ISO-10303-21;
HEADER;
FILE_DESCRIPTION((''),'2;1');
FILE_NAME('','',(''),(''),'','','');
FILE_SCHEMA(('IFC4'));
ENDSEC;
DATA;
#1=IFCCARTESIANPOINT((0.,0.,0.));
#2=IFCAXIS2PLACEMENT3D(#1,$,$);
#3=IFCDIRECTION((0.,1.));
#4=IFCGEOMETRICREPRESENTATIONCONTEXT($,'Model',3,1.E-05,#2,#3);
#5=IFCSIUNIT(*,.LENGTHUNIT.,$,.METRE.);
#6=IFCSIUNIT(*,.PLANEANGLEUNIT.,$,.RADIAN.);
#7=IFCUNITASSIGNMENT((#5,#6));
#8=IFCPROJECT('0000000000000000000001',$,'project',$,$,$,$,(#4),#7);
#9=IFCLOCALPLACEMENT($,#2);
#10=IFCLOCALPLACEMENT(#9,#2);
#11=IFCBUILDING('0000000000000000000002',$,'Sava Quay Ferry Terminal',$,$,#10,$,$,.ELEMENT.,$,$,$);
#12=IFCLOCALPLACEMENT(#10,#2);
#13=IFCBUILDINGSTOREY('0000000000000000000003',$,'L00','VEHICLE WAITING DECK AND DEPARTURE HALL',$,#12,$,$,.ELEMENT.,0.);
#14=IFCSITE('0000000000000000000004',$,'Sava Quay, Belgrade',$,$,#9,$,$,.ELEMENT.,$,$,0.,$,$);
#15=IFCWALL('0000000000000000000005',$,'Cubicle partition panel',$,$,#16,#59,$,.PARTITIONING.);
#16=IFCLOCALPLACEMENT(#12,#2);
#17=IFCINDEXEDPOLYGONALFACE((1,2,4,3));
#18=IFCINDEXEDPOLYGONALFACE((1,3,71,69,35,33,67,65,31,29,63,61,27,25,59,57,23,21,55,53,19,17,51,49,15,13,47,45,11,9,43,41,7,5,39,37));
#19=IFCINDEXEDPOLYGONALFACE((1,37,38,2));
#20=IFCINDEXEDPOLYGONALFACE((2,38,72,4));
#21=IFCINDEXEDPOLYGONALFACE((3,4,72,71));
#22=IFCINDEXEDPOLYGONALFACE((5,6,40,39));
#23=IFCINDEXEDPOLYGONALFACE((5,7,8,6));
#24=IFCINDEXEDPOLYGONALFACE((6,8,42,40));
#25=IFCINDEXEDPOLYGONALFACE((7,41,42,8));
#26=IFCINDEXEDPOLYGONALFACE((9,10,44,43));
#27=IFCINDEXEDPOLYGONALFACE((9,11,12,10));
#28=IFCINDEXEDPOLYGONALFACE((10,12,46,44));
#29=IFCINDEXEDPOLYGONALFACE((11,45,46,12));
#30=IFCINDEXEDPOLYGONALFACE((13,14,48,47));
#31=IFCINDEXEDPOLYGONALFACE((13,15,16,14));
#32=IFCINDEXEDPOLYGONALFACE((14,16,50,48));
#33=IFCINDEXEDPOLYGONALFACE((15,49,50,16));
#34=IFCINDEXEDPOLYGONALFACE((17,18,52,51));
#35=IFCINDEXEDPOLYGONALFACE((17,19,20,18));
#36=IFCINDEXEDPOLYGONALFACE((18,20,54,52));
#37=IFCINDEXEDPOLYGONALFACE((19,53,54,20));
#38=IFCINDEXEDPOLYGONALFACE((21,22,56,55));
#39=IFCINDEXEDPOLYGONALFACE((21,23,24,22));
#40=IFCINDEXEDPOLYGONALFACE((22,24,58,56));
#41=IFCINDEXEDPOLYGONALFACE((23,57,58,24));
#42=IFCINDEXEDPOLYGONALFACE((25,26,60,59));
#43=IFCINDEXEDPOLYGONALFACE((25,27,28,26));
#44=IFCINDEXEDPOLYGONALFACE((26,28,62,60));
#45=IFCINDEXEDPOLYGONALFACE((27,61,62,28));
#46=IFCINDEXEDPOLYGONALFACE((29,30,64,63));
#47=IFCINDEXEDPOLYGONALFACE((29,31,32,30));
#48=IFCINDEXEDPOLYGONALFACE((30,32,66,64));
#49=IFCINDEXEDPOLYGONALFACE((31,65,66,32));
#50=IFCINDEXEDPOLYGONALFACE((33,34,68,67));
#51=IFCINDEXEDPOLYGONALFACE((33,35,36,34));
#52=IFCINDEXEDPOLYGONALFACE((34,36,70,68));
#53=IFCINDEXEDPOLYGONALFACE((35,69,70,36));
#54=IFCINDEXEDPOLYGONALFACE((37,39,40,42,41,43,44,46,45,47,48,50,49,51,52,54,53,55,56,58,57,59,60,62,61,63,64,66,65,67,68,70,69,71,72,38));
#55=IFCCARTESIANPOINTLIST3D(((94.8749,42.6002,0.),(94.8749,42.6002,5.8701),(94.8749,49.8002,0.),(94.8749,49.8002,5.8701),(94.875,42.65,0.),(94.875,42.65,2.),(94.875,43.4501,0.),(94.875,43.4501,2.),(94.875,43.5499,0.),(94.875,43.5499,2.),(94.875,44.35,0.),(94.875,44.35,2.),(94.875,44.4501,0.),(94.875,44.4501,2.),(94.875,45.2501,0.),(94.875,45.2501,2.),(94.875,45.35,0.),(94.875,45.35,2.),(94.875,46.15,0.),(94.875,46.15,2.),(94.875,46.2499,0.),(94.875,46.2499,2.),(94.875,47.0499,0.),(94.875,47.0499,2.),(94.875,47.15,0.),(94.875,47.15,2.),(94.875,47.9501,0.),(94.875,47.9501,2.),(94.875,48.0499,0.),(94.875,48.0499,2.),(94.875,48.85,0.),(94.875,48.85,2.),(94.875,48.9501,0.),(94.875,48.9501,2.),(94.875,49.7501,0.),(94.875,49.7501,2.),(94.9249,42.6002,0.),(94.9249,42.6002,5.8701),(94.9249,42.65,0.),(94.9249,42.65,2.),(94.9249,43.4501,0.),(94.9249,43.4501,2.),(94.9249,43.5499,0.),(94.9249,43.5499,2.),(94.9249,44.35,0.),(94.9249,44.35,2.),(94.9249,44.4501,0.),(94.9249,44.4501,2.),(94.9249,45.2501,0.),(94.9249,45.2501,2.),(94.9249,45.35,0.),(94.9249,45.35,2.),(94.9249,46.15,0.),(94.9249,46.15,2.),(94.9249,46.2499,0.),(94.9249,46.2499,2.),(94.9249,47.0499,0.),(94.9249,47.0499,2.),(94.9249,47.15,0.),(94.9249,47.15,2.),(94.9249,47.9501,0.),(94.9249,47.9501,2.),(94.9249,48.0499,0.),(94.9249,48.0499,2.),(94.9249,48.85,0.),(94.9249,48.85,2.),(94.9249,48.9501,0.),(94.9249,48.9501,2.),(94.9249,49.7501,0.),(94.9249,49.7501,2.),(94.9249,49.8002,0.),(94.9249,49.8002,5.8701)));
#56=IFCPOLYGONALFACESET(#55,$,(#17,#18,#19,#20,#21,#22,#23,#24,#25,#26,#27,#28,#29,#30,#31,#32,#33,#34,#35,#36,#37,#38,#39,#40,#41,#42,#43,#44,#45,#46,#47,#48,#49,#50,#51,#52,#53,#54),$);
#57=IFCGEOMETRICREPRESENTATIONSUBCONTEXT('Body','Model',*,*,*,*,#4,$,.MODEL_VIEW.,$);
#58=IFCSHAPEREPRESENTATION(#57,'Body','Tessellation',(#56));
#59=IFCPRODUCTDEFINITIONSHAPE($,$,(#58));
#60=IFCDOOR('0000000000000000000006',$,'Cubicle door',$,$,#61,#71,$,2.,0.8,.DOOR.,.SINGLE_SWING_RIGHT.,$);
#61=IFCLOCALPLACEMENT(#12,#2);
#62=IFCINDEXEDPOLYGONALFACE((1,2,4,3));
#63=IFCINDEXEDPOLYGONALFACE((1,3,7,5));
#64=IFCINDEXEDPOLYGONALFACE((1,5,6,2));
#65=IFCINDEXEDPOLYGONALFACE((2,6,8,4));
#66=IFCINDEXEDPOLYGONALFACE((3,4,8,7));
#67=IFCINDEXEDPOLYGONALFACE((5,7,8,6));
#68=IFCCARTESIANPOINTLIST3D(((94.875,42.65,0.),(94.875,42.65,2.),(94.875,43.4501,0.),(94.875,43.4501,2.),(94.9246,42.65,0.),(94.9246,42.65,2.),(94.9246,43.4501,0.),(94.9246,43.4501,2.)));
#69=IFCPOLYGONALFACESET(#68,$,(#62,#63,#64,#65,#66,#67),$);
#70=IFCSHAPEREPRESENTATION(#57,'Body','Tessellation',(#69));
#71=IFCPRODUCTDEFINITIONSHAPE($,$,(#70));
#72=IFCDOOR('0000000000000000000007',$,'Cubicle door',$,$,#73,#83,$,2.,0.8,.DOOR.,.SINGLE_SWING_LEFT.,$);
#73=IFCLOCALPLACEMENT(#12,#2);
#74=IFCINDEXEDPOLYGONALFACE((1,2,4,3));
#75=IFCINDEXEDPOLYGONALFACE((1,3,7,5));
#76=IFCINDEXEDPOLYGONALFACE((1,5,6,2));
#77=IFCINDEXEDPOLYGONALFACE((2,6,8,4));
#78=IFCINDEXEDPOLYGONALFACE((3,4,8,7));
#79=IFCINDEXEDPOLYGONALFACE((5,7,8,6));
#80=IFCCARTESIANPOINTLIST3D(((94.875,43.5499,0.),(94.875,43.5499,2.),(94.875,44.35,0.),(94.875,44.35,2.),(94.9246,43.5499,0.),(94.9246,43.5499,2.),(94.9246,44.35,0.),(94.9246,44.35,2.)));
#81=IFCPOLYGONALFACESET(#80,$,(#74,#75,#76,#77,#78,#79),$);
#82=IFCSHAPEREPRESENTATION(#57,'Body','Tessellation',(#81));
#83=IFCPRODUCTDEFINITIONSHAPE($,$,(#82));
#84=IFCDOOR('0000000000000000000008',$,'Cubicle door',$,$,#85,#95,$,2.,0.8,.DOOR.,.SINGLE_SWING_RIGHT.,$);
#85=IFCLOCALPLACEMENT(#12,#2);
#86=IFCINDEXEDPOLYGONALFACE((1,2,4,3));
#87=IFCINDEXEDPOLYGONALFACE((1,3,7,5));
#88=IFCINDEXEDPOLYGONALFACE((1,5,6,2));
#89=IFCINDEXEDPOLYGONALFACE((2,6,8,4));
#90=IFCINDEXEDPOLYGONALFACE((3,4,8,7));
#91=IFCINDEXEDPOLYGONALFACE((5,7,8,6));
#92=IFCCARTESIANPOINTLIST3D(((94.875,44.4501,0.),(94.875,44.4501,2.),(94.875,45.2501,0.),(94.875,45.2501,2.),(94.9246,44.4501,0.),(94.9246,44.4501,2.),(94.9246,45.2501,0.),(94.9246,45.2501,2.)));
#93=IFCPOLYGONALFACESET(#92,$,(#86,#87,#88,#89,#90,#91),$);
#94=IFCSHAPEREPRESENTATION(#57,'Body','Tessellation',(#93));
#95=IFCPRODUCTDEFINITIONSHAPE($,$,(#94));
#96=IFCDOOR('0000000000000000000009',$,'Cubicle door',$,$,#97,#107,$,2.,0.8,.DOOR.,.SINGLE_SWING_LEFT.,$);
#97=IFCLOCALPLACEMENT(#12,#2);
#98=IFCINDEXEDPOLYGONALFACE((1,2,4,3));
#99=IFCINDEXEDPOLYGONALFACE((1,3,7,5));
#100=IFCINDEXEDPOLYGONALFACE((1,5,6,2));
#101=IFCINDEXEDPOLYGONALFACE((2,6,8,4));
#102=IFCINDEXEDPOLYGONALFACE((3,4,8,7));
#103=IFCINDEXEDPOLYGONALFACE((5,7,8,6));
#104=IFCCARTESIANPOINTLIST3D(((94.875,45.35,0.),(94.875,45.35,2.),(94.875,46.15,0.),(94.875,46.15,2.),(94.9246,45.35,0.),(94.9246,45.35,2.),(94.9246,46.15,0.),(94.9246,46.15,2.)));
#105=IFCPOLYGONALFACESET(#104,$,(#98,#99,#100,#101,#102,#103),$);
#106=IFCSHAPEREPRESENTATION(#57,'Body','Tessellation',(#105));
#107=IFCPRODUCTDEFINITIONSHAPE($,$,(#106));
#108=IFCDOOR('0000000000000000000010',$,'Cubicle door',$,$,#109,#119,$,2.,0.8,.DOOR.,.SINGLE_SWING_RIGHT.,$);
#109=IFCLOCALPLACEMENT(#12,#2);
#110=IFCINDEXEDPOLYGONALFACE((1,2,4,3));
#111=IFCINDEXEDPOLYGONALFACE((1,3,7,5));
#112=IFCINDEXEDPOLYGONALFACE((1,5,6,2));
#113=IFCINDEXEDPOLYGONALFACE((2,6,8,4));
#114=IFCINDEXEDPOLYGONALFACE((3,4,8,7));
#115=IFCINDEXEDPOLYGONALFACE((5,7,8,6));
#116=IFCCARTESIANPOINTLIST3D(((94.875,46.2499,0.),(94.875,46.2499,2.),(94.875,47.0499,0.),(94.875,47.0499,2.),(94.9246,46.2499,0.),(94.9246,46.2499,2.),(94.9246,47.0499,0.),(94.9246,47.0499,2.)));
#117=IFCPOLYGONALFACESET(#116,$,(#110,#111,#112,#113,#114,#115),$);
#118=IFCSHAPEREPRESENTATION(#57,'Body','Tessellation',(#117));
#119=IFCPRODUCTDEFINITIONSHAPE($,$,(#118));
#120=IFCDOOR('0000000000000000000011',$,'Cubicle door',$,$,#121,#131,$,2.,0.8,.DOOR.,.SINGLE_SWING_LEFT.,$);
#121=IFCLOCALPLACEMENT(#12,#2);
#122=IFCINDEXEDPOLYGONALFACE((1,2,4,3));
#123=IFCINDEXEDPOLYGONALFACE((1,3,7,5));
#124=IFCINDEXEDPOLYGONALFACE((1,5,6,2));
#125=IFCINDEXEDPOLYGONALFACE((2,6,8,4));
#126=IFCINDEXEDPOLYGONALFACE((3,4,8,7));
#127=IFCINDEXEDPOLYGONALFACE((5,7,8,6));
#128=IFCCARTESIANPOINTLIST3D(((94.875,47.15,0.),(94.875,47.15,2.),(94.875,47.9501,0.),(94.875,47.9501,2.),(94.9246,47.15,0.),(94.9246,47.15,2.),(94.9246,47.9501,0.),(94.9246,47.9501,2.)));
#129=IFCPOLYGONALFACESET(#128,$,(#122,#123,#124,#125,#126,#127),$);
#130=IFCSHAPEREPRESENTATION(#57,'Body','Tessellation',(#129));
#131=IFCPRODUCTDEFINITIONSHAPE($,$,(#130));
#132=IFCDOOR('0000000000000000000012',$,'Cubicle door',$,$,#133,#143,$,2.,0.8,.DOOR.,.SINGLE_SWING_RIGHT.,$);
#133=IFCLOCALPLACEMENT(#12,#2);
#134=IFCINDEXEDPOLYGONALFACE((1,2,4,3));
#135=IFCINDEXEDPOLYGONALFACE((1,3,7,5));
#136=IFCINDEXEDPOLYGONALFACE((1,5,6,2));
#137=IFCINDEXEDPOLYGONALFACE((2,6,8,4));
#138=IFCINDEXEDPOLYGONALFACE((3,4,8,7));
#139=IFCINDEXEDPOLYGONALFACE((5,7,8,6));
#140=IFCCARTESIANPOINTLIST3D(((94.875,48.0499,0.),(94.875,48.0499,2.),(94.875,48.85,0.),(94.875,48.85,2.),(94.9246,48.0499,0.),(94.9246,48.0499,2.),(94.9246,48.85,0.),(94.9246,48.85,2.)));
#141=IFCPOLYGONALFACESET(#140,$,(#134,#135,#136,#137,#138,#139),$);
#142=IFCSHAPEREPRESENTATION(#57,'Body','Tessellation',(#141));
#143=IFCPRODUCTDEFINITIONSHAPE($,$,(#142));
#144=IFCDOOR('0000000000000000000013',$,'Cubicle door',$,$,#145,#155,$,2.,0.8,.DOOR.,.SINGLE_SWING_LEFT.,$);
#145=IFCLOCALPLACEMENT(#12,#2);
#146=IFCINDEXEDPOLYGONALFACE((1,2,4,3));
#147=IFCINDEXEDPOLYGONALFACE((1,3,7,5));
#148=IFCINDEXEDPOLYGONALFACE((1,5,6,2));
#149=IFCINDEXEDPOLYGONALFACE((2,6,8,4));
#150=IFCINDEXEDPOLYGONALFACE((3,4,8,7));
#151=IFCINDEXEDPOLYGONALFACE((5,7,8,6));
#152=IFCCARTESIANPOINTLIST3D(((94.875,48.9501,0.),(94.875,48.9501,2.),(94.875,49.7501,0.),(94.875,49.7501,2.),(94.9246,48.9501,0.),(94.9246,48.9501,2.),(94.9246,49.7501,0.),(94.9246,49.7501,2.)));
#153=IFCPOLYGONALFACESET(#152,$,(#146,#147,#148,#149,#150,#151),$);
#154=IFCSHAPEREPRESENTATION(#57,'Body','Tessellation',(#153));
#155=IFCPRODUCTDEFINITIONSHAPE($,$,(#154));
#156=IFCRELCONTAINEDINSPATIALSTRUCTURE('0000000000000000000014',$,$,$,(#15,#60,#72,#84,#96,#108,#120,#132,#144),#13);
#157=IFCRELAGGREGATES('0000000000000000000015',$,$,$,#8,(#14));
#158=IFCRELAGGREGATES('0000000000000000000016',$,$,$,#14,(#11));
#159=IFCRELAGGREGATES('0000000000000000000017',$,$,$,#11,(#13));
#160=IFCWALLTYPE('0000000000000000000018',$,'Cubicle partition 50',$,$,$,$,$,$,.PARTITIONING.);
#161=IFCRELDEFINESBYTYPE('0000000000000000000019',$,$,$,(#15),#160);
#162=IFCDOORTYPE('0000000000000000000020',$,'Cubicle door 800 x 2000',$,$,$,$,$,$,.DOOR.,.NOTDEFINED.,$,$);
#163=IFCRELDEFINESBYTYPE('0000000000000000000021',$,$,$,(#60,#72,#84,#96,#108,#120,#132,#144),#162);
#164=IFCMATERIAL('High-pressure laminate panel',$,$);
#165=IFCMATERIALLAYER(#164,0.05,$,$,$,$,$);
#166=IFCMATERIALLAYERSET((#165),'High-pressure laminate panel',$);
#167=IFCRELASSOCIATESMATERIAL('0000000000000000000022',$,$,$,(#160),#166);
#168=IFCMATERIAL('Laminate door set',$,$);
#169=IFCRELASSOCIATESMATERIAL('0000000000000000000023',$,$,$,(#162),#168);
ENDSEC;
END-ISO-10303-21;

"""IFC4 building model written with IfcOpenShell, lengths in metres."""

from ifc_helpers import new_model, si_unit, direction, frame, frame_2d, origin, place, context, subcontext, project, spatial, rectangle, extrude, material, layer, layer_set, type_object, element, fill, save


model = new_model("IFC4")

# Units and contexts
model_context = context("Model", 3, precision=1e-05, world=origin(), true_north=direction((0.0, 1.0)))
body_context = subcontext(model_context, "Body", "Model", "MODEL_VIEW")
ifc_project = project(units=[si_unit("LENGTHUNIT", "METRE"), si_unit("PLANEANGLEUNIT", "RADIAN")], contexts=[model_context])

# Site, building, storey
site_placement = place(None, origin())
site = spatial("IfcSite", under=ifc_project, at=site_placement, Name="Sava Quay, Belgrade", CompositionType="ELEMENT", RefElevation=0.0)
building_placement = place(site_placement, origin())
building = spatial("IfcBuilding", under=site, at=building_placement, Name="Sava Quay Ferry Terminal", CompositionType="ELEMENT")
storey_placement = place(building_placement, origin())
storey = spatial("IfcBuildingStorey", under=building, at=storey_placement, Name="L00", Description="VEHICLE WAITING DECK AND DEPARTURE HALL", CompositionType="ELEMENT", Elevation=0.0)

# Wall, openings, doors
ifc_material_1 = material(Name="High-pressure laminate panel")
ifc_layer_1 = layer(ifc_material_1, 0.05)
ifc_layer_set_1 = layer_set([ifc_layer_1], Name="High-pressure laminate panel")
wall_type_1 = type_object("IfcWallType", Name="Cubicle partition 50", PredefinedType="PARTITIONING", material=ifc_layer_set_1)
wall_1_placement = place(storey_placement, frame((94.8999, 42.6001, 0.0), z_axis=(0.0, 0.0, 1.0), x_axis=(0.0, 1.0, 0.0)))
wall_1 = element("IfcWall", 1, at=wall_1_placement, inside=storey, type_object=wall_type_1, Name="Cubicle partition panel", PredefinedType="PARTITIONING", context=body_context, shape_type="SweptSolid", body=[
    extrude(rectangle(XDim=7.2, YDim=0.05, at=frame_2d((3.6001, 0.0))), origin(), (0.0, 0.0, 1.0), 5.8701),
])
opening_1_placement = place(wall_1_placement, frame((0.05, 0.0, 0.0)))
opening_1 = element("IfcOpeningElement", 2, at=opening_1_placement, cuts=wall_1, PredefinedType="OPENING", context=body_context, shape_type="SweptSolid", body=[
    extrude(rectangle(XDim=0.8, YDim=2.0, at=frame_2d((0.3999, 1.0))), frame((0.0, 0.0249, 0.0), z_axis=(0.0, -1.0, 0.0), x_axis=(1.0, 0.0, 0.0)), (0.0, 0.0, 1.0), 0.05),
])
opening_2_placement = place(wall_1_placement, frame((0.95, 0.0, 0.0)))
opening_2 = element("IfcOpeningElement", 3, at=opening_2_placement, cuts=wall_1, PredefinedType="OPENING", context=body_context, shape_type="SweptSolid", body=[
    extrude(rectangle(XDim=0.8, YDim=2.0, at=frame_2d((0.3999, 1.0))), frame((0.0, 0.0249, 0.0), z_axis=(0.0, -1.0, 0.0), x_axis=(1.0, 0.0, 0.0)), (0.0, 0.0, 1.0), 0.05),
])
opening_3_placement = place(wall_1_placement, frame((1.8501, 0.0, 0.0)))
opening_3 = element("IfcOpeningElement", 4, at=opening_3_placement, cuts=wall_1, PredefinedType="OPENING", context=body_context, shape_type="SweptSolid", body=[
    extrude(rectangle(XDim=0.8, YDim=2.0, at=frame_2d((0.3999, 1.0))), frame((0.0, 0.0249, 0.0), z_axis=(0.0, -1.0, 0.0), x_axis=(1.0, 0.0, 0.0)), (0.0, 0.0, 1.0), 0.05),
])
opening_4_placement = place(wall_1_placement, frame((2.75, 0.0, 0.0)))
opening_4 = element("IfcOpeningElement", 5, at=opening_4_placement, cuts=wall_1, PredefinedType="OPENING", context=body_context, shape_type="SweptSolid", body=[
    extrude(rectangle(XDim=0.8, YDim=2.0, at=frame_2d((0.3999, 1.0))), frame((0.0, 0.0249, 0.0), z_axis=(0.0, -1.0, 0.0), x_axis=(1.0, 0.0, 0.0)), (0.0, 0.0, 1.0), 0.05),
])
opening_5_placement = place(wall_1_placement, frame((3.6499, 0.0, 0.0)))
opening_5 = element("IfcOpeningElement", 6, at=opening_5_placement, cuts=wall_1, PredefinedType="OPENING", context=body_context, shape_type="SweptSolid", body=[
    extrude(rectangle(XDim=0.8, YDim=2.0, at=frame_2d((0.3999, 1.0))), frame((0.0, 0.0249, 0.0), z_axis=(0.0, -1.0, 0.0), x_axis=(1.0, 0.0, 0.0)), (0.0, 0.0, 1.0), 0.05),
])
opening_6_placement = place(wall_1_placement, frame((4.55, 0.0, 0.0)))
opening_6 = element("IfcOpeningElement", 7, at=opening_6_placement, cuts=wall_1, PredefinedType="OPENING", context=body_context, shape_type="SweptSolid", body=[
    extrude(rectangle(XDim=0.8, YDim=2.0, at=frame_2d((0.3999, 1.0))), frame((0.0, 0.0249, 0.0), z_axis=(0.0, -1.0, 0.0), x_axis=(1.0, 0.0, 0.0)), (0.0, 0.0, 1.0), 0.05),
])
opening_7_placement = place(wall_1_placement, frame((5.45, 0.0, 0.0)))
opening_7 = element("IfcOpeningElement", 8, at=opening_7_placement, cuts=wall_1, PredefinedType="OPENING", context=body_context, shape_type="SweptSolid", body=[
    extrude(rectangle(XDim=0.8, YDim=2.0, at=frame_2d((0.3999, 1.0))), frame((0.0, 0.0249, 0.0), z_axis=(0.0, -1.0, 0.0), x_axis=(1.0, 0.0, 0.0)), (0.0, 0.0, 1.0), 0.05),
])
opening_8_placement = place(wall_1_placement, frame((6.3501, 0.0, 0.0)))
opening_8 = element("IfcOpeningElement", 9, at=opening_8_placement, cuts=wall_1, PredefinedType="OPENING", context=body_context, shape_type="SweptSolid", body=[
    extrude(rectangle(XDim=0.8, YDim=2.0, at=frame_2d((0.3999, 1.0))), frame((0.0, 0.0249, 0.0), z_axis=(0.0, -1.0, 0.0), x_axis=(1.0, 0.0, 0.0)), (0.0, 0.0, 1.0), 0.05),
])
ifc_material_2 = material(Name="Laminate door set")
door_type_1 = type_object("IfcDoorType", Name="Cubicle door 800 x 2000", OperationType="NOTDEFINED", PredefinedType="DOOR", material=ifc_material_2)
door_1_placement = place(opening_1_placement, origin())
door_1 = element("IfcDoor", 10, at=door_1_placement, inside=storey, type_object=door_type_1, Name="Cubicle door", OperationType="SINGLE_SWING_RIGHT", OverallHeight=2.0, OverallWidth=0.8, PredefinedType="DOOR", context=body_context, shape_type="SweptSolid", body=[
    extrude(rectangle(XDim=0.8, YDim=2.0, at=frame_2d((0.3999, 1.0))), frame((0.0, 0.0249, 0.0), z_axis=(0.0, -1.0, 0.0), x_axis=(1.0, 0.0, 0.0)), (0.0, 0.0, 1.0), 0.0496),
])
fill(opening_1, door_1)
door_2_placement = place(opening_2_placement, origin())
door_2 = element("IfcDoor", 11, at=door_2_placement, inside=storey, type_object=door_type_1, Name="Cubicle door", OperationType="SINGLE_SWING_LEFT", OverallHeight=2.0, OverallWidth=0.8, PredefinedType="DOOR", context=body_context, shape_type="SweptSolid", body=[
    extrude(rectangle(XDim=0.8, YDim=2.0, at=frame_2d((0.3999, 1.0))), frame((0.0, 0.0249, 0.0), z_axis=(0.0, -1.0, 0.0), x_axis=(1.0, 0.0, 0.0)), (0.0, 0.0, 1.0), 0.0496),
])
fill(opening_2, door_2)
door_3_placement = place(opening_3_placement, origin())
door_3 = element("IfcDoor", 12, at=door_3_placement, inside=storey, type_object=door_type_1, Name="Cubicle door", OperationType="SINGLE_SWING_RIGHT", OverallHeight=2.0, OverallWidth=0.8, PredefinedType="DOOR", context=body_context, shape_type="SweptSolid", body=[
    extrude(rectangle(XDim=0.8, YDim=2.0, at=frame_2d((0.3999, 1.0))), frame((0.0, 0.0249, 0.0), z_axis=(0.0, -1.0, 0.0), x_axis=(1.0, 0.0, 0.0)), (0.0, 0.0, 1.0), 0.0496),
])
fill(opening_3, door_3)
door_4_placement = place(opening_4_placement, origin())
door_4 = element("IfcDoor", 13, at=door_4_placement, inside=storey, type_object=door_type_1, Name="Cubicle door", OperationType="SINGLE_SWING_LEFT", OverallHeight=2.0, OverallWidth=0.8, PredefinedType="DOOR", context=body_context, shape_type="SweptSolid", body=[
    extrude(rectangle(XDim=0.8, YDim=2.0, at=frame_2d((0.3999, 1.0))), frame((0.0, 0.0249, 0.0), z_axis=(0.0, -1.0, 0.0), x_axis=(1.0, 0.0, 0.0)), (0.0, 0.0, 1.0), 0.0496),
])
fill(opening_4, door_4)
door_5_placement = place(opening_5_placement, origin())
door_5 = element("IfcDoor", 14, at=door_5_placement, inside=storey, type_object=door_type_1, Name="Cubicle door", OperationType="SINGLE_SWING_RIGHT", OverallHeight=2.0, OverallWidth=0.8, PredefinedType="DOOR", context=body_context, shape_type="SweptSolid", body=[
    extrude(rectangle(XDim=0.8, YDim=2.0, at=frame_2d((0.3999, 1.0))), frame((0.0, 0.0249, 0.0), z_axis=(0.0, -1.0, 0.0), x_axis=(1.0, 0.0, 0.0)), (0.0, 0.0, 1.0), 0.0496),
])
fill(opening_5, door_5)
door_6_placement = place(opening_6_placement, origin())
door_6 = element("IfcDoor", 15, at=door_6_placement, inside=storey, type_object=door_type_1, Name="Cubicle door", OperationType="SINGLE_SWING_LEFT", OverallHeight=2.0, OverallWidth=0.8, PredefinedType="DOOR", context=body_context, shape_type="SweptSolid", body=[
    extrude(rectangle(XDim=0.8, YDim=2.0, at=frame_2d((0.3999, 1.0))), frame((0.0, 0.0249, 0.0), z_axis=(0.0, -1.0, 0.0), x_axis=(1.0, 0.0, 0.0)), (0.0, 0.0, 1.0), 0.0496),
])
fill(opening_6, door_6)
door_7_placement = place(opening_7_placement, origin())
door_7 = element("IfcDoor", 16, at=door_7_placement, inside=storey, type_object=door_type_1, Name="Cubicle door", OperationType="SINGLE_SWING_RIGHT", OverallHeight=2.0, OverallWidth=0.8, PredefinedType="DOOR", context=body_context, shape_type="SweptSolid", body=[
    extrude(rectangle(XDim=0.8, YDim=2.0, at=frame_2d((0.3999, 1.0))), frame((0.0, 0.0249, 0.0), z_axis=(0.0, -1.0, 0.0), x_axis=(1.0, 0.0, 0.0)), (0.0, 0.0, 1.0), 0.0496),
])
fill(opening_7, door_7)
door_8_placement = place(opening_8_placement, origin())
door_8 = element("IfcDoor", 17, at=door_8_placement, inside=storey, type_object=door_type_1, Name="Cubicle door", OperationType="SINGLE_SWING_LEFT", OverallHeight=2.0, OverallWidth=0.8, PredefinedType="DOOR", context=body_context, shape_type="SweptSolid", body=[
    extrude(rectangle(XDim=0.8, YDim=2.0, at=frame_2d((0.3999, 1.0))), frame((0.0, 0.0249, 0.0), z_axis=(0.0, -1.0, 0.0), x_axis=(1.0, 0.0, 0.0)), (0.0, 0.0, 1.0), 0.0496),
])
fill(opening_8, door_8)

save(model, "model.ifc")
